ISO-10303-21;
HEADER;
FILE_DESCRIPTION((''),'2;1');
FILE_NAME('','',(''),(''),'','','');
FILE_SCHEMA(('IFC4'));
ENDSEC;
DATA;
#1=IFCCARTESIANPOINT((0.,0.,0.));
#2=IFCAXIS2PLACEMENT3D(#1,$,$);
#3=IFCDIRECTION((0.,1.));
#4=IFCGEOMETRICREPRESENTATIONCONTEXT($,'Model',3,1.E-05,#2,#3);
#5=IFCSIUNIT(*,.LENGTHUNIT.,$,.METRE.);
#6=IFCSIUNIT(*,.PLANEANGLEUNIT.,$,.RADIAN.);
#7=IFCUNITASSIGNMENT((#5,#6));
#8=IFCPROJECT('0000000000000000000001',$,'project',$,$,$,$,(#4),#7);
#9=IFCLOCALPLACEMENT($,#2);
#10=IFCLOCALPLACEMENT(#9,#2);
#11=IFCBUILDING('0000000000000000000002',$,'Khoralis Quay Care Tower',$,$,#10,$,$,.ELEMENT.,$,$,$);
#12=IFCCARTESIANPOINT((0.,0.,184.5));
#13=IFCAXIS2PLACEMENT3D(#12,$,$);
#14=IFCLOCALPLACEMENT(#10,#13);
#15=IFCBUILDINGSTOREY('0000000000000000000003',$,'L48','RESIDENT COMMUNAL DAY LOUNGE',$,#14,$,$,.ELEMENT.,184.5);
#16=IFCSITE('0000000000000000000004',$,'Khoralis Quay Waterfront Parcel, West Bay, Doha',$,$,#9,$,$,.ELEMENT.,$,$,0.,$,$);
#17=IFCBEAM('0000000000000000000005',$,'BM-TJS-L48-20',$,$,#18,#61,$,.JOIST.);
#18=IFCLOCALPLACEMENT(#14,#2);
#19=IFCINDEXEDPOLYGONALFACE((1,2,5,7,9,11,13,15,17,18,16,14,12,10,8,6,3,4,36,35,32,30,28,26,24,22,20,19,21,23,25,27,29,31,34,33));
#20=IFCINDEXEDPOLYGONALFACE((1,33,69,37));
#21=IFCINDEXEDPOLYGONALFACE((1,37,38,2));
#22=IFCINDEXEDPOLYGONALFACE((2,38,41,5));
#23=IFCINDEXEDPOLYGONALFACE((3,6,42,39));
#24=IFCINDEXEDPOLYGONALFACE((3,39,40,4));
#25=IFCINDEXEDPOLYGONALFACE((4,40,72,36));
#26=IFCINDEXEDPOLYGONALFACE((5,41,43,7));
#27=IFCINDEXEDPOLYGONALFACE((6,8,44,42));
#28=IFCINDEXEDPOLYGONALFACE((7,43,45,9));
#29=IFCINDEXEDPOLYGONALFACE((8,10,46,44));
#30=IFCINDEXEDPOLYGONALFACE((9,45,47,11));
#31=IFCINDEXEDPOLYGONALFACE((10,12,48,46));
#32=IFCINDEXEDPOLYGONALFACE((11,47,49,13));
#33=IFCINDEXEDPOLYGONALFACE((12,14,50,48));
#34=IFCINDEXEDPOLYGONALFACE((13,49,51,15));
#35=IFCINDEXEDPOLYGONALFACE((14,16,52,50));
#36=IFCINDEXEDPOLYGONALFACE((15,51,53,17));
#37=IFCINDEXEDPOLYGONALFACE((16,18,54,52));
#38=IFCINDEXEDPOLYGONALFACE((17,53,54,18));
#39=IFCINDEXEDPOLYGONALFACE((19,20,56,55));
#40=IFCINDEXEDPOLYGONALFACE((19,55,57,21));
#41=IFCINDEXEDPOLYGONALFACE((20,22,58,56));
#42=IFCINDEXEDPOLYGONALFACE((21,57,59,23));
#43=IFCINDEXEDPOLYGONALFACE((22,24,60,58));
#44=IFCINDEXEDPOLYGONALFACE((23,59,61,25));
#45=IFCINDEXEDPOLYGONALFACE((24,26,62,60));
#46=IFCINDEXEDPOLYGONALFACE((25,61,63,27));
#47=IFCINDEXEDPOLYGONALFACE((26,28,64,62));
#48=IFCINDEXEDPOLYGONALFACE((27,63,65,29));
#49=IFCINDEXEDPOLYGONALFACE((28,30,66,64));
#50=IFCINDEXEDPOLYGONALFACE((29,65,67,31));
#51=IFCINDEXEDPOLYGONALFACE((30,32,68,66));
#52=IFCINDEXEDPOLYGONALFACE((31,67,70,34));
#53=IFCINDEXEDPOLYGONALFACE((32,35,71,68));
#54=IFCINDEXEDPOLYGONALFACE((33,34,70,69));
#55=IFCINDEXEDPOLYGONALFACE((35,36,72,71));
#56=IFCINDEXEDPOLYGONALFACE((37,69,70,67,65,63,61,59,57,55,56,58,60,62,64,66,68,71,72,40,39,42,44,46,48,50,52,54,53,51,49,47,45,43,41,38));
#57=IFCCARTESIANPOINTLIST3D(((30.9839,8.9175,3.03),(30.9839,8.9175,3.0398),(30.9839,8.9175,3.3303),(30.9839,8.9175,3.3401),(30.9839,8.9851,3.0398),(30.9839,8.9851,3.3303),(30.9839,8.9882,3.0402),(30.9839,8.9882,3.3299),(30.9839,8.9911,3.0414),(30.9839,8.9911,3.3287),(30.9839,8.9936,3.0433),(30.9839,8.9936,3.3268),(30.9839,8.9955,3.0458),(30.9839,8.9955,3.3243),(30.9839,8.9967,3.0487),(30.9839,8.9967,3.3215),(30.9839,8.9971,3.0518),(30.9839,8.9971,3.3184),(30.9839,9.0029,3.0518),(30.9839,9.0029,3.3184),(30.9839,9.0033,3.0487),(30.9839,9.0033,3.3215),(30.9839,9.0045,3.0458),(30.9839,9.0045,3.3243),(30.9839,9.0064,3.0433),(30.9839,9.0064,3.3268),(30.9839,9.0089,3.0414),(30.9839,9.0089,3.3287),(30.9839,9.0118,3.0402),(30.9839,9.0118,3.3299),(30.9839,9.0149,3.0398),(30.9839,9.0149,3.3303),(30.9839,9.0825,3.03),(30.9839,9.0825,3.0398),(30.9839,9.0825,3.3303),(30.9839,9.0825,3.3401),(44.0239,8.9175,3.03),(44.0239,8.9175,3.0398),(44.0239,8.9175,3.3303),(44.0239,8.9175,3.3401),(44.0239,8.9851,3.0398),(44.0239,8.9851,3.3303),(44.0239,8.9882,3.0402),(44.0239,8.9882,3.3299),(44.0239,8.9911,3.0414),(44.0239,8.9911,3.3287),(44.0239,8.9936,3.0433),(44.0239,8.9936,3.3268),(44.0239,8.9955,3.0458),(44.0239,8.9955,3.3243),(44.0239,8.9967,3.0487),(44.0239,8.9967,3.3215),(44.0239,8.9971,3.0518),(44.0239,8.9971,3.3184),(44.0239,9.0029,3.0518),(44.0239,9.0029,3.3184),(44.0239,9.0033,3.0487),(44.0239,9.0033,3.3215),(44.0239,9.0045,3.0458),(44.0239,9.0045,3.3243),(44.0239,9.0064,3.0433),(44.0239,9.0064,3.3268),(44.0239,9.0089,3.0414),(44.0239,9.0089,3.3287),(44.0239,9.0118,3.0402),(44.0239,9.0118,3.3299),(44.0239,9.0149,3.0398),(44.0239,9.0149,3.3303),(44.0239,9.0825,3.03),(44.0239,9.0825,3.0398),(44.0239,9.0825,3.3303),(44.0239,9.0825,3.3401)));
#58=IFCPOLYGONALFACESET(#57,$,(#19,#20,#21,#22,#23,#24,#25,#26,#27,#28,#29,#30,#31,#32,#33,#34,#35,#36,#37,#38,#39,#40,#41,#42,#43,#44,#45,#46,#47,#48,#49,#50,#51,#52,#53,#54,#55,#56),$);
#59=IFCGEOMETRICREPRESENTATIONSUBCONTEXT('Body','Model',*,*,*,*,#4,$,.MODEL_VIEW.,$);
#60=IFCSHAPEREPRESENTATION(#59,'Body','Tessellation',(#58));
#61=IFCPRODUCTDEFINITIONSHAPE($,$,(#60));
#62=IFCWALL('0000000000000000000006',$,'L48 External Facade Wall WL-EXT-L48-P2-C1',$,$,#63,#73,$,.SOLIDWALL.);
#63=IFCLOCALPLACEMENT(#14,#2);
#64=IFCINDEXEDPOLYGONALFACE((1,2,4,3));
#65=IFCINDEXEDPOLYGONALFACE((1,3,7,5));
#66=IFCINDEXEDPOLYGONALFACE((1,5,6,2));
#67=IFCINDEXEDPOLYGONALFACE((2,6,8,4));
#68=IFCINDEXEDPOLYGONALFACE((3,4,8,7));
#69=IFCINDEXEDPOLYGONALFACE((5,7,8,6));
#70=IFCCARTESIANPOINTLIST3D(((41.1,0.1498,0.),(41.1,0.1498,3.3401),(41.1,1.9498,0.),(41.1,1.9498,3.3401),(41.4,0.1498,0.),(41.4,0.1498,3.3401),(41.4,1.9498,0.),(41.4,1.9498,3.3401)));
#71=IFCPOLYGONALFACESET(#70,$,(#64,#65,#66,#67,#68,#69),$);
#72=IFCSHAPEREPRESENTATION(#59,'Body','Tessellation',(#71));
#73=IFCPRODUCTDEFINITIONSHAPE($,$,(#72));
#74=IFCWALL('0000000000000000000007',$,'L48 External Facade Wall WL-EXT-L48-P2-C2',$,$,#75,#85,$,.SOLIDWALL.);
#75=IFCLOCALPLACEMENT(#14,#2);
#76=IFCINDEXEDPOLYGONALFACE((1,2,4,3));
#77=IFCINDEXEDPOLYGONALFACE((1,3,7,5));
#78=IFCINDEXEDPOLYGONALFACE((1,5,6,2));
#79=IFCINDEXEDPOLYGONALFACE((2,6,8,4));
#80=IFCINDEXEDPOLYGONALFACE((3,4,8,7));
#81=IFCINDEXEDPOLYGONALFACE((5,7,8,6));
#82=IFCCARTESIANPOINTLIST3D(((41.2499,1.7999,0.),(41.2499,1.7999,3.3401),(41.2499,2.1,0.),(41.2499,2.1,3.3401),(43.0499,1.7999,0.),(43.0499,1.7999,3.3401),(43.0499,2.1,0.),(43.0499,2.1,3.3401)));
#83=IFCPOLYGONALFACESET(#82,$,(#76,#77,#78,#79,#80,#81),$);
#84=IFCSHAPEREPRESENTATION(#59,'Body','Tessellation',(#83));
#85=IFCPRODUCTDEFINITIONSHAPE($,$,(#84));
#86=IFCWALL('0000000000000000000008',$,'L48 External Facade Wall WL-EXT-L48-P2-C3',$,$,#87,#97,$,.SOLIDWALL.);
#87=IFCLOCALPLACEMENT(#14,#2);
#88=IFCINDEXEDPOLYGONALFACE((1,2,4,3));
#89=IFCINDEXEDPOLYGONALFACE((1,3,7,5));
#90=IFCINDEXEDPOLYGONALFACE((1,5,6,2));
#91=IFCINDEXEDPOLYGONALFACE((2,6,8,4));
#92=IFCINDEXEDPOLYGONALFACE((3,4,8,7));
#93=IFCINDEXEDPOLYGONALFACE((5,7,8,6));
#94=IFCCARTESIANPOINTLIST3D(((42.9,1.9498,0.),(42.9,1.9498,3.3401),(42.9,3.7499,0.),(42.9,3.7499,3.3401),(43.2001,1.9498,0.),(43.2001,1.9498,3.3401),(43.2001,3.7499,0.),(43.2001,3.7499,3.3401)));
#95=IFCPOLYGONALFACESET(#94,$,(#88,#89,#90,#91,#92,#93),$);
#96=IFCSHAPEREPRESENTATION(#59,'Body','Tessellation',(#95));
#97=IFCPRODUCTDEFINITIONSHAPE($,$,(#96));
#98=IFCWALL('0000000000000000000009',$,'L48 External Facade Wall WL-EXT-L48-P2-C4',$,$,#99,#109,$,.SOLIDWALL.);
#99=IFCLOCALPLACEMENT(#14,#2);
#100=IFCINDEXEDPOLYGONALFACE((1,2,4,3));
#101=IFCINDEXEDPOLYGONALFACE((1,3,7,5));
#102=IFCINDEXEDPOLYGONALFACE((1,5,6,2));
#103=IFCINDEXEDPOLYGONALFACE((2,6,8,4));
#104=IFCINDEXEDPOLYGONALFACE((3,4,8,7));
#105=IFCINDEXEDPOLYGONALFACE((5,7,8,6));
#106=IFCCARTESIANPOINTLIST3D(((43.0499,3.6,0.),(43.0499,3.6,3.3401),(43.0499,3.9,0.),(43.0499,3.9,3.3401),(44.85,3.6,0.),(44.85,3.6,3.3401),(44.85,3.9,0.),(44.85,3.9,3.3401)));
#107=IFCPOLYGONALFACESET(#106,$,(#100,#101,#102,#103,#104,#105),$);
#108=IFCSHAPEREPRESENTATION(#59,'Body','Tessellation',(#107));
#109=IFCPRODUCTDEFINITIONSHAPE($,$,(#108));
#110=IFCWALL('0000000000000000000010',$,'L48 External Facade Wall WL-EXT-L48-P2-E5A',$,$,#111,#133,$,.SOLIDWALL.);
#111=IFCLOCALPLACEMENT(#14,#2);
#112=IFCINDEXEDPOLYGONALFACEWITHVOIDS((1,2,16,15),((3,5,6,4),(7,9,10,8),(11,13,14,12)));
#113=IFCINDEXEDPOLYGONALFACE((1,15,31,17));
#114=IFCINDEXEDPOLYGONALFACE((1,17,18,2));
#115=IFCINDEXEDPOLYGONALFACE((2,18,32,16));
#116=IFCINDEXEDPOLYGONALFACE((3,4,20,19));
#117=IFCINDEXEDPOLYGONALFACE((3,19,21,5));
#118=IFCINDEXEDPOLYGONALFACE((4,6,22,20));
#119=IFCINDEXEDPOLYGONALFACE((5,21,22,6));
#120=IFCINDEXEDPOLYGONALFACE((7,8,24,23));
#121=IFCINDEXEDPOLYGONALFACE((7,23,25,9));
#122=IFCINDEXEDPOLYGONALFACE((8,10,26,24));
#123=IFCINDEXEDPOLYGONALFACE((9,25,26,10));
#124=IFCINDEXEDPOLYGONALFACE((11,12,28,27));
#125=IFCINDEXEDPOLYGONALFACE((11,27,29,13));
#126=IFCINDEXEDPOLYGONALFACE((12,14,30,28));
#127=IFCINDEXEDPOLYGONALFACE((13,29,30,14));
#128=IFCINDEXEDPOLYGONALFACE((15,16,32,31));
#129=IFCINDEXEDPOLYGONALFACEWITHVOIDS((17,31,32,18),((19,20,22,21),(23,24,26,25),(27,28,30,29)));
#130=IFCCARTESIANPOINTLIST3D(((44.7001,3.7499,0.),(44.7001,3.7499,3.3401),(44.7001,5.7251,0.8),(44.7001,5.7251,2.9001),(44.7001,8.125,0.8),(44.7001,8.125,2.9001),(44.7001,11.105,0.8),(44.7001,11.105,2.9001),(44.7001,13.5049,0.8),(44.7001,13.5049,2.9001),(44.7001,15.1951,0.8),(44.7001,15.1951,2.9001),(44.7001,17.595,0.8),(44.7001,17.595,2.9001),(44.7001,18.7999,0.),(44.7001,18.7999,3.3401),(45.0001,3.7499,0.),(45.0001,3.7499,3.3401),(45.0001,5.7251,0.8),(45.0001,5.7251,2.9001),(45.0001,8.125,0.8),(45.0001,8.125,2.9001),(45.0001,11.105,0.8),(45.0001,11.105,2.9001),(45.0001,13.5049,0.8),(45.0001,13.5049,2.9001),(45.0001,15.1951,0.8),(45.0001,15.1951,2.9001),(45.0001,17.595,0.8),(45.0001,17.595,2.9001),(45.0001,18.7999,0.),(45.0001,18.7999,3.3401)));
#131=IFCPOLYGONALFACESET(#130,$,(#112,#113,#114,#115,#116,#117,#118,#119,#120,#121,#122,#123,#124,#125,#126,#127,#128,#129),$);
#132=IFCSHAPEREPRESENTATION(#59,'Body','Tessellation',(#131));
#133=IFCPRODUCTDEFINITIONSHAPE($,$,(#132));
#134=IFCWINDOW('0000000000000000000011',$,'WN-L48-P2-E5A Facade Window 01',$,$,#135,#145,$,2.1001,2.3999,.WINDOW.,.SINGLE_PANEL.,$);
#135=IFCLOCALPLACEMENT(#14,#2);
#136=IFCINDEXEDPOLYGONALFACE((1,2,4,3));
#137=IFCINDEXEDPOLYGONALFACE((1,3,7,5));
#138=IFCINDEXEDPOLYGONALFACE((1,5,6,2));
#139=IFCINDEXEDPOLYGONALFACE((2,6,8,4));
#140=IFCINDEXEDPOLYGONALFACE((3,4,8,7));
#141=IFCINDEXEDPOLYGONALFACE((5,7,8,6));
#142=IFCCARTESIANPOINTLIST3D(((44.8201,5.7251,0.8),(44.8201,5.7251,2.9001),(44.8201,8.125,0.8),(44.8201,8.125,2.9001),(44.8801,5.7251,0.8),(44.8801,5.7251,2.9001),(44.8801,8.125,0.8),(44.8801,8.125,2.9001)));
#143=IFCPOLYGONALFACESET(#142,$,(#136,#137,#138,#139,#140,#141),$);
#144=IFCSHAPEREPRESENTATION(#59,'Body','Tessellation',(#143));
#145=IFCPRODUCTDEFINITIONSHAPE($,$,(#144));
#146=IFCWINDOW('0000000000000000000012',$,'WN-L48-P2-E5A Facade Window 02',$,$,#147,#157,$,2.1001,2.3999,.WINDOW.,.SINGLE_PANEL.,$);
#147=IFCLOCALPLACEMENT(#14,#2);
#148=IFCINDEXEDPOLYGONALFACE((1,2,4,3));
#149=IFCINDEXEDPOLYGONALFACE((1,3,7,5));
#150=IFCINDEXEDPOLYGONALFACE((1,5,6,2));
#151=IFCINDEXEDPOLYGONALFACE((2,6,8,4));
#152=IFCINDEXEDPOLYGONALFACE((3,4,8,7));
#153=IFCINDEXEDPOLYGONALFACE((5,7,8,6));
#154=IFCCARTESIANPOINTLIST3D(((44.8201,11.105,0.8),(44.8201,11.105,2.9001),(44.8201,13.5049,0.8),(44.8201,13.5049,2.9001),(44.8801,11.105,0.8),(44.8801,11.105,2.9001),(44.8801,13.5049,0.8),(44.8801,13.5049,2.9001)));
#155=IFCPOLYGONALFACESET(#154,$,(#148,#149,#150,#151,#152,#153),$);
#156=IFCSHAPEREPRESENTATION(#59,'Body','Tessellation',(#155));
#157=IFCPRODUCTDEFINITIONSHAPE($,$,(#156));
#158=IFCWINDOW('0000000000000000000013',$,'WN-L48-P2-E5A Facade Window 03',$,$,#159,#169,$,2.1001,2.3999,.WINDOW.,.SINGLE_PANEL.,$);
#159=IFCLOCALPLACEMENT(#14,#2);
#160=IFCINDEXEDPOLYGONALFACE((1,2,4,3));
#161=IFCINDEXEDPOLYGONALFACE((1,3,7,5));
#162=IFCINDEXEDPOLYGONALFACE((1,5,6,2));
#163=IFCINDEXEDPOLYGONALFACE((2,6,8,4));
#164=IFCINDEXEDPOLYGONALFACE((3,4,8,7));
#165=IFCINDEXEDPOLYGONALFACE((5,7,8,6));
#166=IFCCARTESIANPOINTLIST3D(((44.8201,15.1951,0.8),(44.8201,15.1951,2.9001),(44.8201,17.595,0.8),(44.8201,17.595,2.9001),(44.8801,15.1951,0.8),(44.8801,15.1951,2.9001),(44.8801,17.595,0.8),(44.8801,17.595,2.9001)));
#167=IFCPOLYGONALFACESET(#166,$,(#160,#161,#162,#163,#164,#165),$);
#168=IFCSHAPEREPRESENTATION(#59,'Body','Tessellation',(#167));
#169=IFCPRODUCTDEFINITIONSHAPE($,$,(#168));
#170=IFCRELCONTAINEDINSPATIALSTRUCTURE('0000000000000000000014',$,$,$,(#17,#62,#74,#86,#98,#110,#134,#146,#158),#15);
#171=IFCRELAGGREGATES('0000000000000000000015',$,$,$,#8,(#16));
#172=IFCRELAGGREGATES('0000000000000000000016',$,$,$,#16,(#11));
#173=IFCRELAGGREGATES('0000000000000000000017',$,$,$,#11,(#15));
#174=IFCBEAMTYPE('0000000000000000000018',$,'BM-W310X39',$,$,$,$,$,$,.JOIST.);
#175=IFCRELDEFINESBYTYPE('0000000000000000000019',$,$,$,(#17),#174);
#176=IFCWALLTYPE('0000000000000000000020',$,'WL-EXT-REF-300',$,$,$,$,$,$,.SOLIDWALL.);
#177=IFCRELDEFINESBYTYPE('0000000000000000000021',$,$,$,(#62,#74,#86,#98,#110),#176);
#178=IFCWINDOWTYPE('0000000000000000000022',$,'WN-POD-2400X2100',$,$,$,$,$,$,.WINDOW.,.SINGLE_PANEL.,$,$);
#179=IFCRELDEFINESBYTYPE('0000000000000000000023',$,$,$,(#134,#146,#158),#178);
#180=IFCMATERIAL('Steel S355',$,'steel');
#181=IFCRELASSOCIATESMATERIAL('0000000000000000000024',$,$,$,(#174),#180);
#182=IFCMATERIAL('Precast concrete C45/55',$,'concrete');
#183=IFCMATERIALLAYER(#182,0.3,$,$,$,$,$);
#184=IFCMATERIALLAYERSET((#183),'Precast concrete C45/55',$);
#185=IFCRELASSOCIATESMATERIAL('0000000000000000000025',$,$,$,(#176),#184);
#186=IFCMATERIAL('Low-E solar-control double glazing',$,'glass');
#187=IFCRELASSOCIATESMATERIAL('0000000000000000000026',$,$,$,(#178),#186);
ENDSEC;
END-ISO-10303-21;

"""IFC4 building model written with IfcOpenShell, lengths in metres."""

from ifc_helpers import new_model, si_unit, direction, frame, frame_2d, origin, origin_2d, place, context, subcontext, project, spatial, rectangle, i_section, extrude, source, transform, mapped, material, layer, layer_set, material_profile, profile_set, type_object, element, fill, save


model = new_model("IFC4")

# Units and contexts
model_context = context("Model", 3, precision=1e-05, world=origin(), true_north=direction((0.0, 1.0)))
body_context = subcontext(model_context, "Body", "Model", "MODEL_VIEW")
ifc_project = project(units=[si_unit("LENGTHUNIT", "METRE"), si_unit("PLANEANGLEUNIT", "RADIAN")], contexts=[model_context])

# Site, building, storey
site_placement = place(None, origin())
site = spatial("IfcSite", under=ifc_project, at=site_placement, Name="Khoralis Quay Waterfront Parcel, West Bay, Doha", CompositionType="ELEMENT", RefElevation=0.0)
building_placement = place(site_placement, origin())
building = spatial("IfcBuilding", under=site, at=building_placement, Name="Khoralis Quay Care Tower", CompositionType="ELEMENT")
storey_placement = place(building_placement, frame((0.0, 0.0, 184.5)))
storey = spatial("IfcBuildingStorey", under=building, at=storey_placement, Name="L48", Description="RESIDENT COMMUNAL DAY LOUNGE", CompositionType="ELEMENT", Elevation=184.5)

# Beam
ifc_material_1 = material(Name="Steel S355", Category="steel")
ifc_material_profile_1 = material_profile(ifc_material_1, i_section(OverallWidth=0.165, OverallDepth=0.3101, WebThickness=0.0059, FlangeThickness=0.0098, FilletRadius=0.012, at=origin_2d()), Name="Steel S355")
ifc_profile_set_1 = profile_set([ifc_material_profile_1], Name="Steel S355")
beam_type_1 = type_object("IfcBeamType", Name="BM-W310X39", PredefinedType="JOIST", material=ifc_profile_set_1)
shared_shape_1 = source(origin(), body_context, "Body", "SweptSolid", [
    extrude(i_section(OverallWidth=0.165, OverallDepth=0.3101, WebThickness=0.0059, FlangeThickness=0.0098, FilletRadius=0.012, at=origin_2d()), origin(), (0.0, 0.0, 1.0), 13.04),
])
beam_1_placement = place(storey_placement, frame((30.9839, 9.0, 3.1851), z_axis=(1.0, 0.0, 0.0), x_axis=(0.0, 1.0, 0.0)))
element("IfcBeam", 1, at=beam_1_placement, inside=storey, type_object=beam_type_1, Name="BM-TJS-L48-20", PredefinedType="JOIST", context=body_context, shape_type="MappedRepresentation", body=[
    mapped(shared_shape_1, transform((0.0, 0.0, 0.0), scale=1.0)),
])

# Walls
ifc_material_2 = material(Name="Precast concrete C45/55", Category="concrete")
ifc_layer_1 = layer(ifc_material_2, 0.3)
ifc_layer_set_1 = layer_set([ifc_layer_1], Name="Precast concrete C45/55")
wall_type_1 = type_object("IfcWallType", Name="WL-EXT-REF-300", PredefinedType="SOLIDWALL", material=ifc_layer_set_1)
for number, where, z_axis, x_axis, name in (
    (2, (41.25, 0.1499, 0.0), (0.0, 0.0, 1.0), (0.0, 1.0, 0.0), "L48 External Facade Wall WL-EXT-L48-P2-C1"),
    (3, (41.25, 1.95, 0.0), (0.0, 0.0, 1.0), (1.0, 0.0, 0.0), "L48 External Facade Wall WL-EXT-L48-P2-C2"),
    (4, (43.05, 1.95, 0.0), (0.0, 0.0, 1.0), (0.0, 1.0, 0.0), "L48 External Facade Wall WL-EXT-L48-P2-C3"),
    (5, (43.05, 3.75, 0.0), (0.0, 0.0, 1.0), (1.0, 0.0, 0.0), "L48 External Facade Wall WL-EXT-L48-P2-C4"),
):
    element("IfcWall", number, at=place(storey_placement, frame(where, z_axis=z_axis, x_axis=x_axis)), inside=storey, type_object=wall_type_1, Name=name, PredefinedType="SOLIDWALL", context=body_context, shape_type="SweptSolid", body=[
        extrude(rectangle(XDim=1.8, YDim=0.3, at=frame_2d((0.8999, 0.0))), origin(), (0.0, 0.0, 1.0), 3.3401),
    ])

# Wall, openings, windows
wall_1_placement = place(storey_placement, frame((44.8501, 3.75, 0.0), z_axis=(0.0, 0.0, 1.0), x_axis=(0.0, 1.0, 0.0)))
wall_1 = element("IfcWall", 6, at=wall_1_placement, inside=storey, type_object=wall_type_1, Name="L48 External Facade Wall WL-EXT-L48-P2-E5A", PredefinedType="SOLIDWALL", context=body_context, shape_type="SweptSolid", body=[
    extrude(rectangle(XDim=15.05, YDim=0.3, at=frame_2d((7.5249, 0.0))), origin(), (0.0, 0.0, 1.0), 3.3401),
])
opening_1_placement = place(wall_1_placement, frame((1.9751, 0.0, 0.8)))
opening_1 = element("IfcOpeningElement", 7, at=opening_1_placement, cuts=wall_1, PredefinedType="OPENING", context=body_context, shape_type="SweptSolid", body=[
    extrude(rectangle(XDim=2.3999, YDim=2.1001, at=frame_2d((1.2, 1.05))), frame((0.0, 0.1602, 0.0), z_axis=(0.0, -1.0, 0.0), x_axis=(1.0, 0.0, 0.0)), (0.0, 0.0, 1.0), 0.3201),
])
opening_2_placement = place(wall_1_placement, frame((7.355, 0.0, 0.8)))
opening_2 = element("IfcOpeningElement", 8, at=opening_2_placement, cuts=wall_1, PredefinedType="OPENING", context=body_context, shape_type="SweptSolid", body=[
    extrude(rectangle(XDim=2.3999, YDim=2.1001, at=frame_2d((1.2, 1.05))), frame((0.0, 0.1602, 0.0), z_axis=(0.0, -1.0, 0.0), x_axis=(1.0, 0.0, 0.0)), (0.0, 0.0, 1.0), 0.3201),
])
opening_3_placement = place(wall_1_placement, frame((11.4451, 0.0, 0.8)))
opening_3 = element("IfcOpeningElement", 9, at=opening_3_placement, cuts=wall_1, PredefinedType="OPENING", context=body_context, shape_type="SweptSolid", body=[
    extrude(rectangle(XDim=2.3999, YDim=2.1001, at=frame_2d((1.2, 1.05))), frame((0.0, 0.1602, 0.0), z_axis=(0.0, -1.0, 0.0), x_axis=(1.0, 0.0, 0.0)), (0.0, 0.0, 1.0), 0.3201),
])
ifc_material_3 = material(Name="Low-E solar-control double glazing", Category="glass")
window_type = type_object("IfcWindowType", Name="WN-POD-2400X2100", PartitioningType="SINGLE_PANEL", PredefinedType="WINDOW", material=ifc_material_3)
shared_shape_2 = source(origin(), body_context, "Body", "SweptSolid", [
    extrude(rectangle(XDim=2.3999, YDim=2.1001, at=frame_2d((1.2, 1.05))), frame((0.0, 0.03, 0.0), z_axis=(0.0, -1.0, 0.0), x_axis=(1.0, 0.0, 0.0)), (0.0, 0.0, 1.0), 0.0601),
])
window_1_placement = place(opening_1_placement, origin())
window_1 = element("IfcWindow", 10, at=window_1_placement, inside=storey, type_object=window_type, Name="WN-L48-P2-E5A Facade Window 01", OverallHeight=2.1001, OverallWidth=2.3999, PartitioningType="SINGLE_PANEL", PredefinedType="WINDOW", context=body_context, shape_type="MappedRepresentation", body=[
    mapped(shared_shape_2, transform((0.0, 0.0, 0.0), scale=1.0)),
])
fill(opening_1, window_1)
window_2_placement = place(opening_2_placement, origin())
window_2 = element("IfcWindow", 11, at=window_2_placement, inside=storey, type_object=window_type, Name="WN-L48-P2-E5A Facade Window 02", OverallHeight=2.1001, OverallWidth=2.3999, PartitioningType="SINGLE_PANEL", PredefinedType="WINDOW", context=body_context, shape_type="MappedRepresentation", body=[
    mapped(shared_shape_2, transform((0.0, 0.0, 0.0), scale=1.0)),
])
fill(opening_2, window_2)
window_3_placement = place(opening_3_placement, origin())
window_3 = element("IfcWindow", 12, at=window_3_placement, inside=storey, type_object=window_type, Name="WN-L48-P2-E5A Facade Window 03", OverallHeight=2.1001, OverallWidth=2.3999, PartitioningType="SINGLE_PANEL", PredefinedType="WINDOW", context=body_context, shape_type="MappedRepresentation", body=[
    mapped(shared_shape_2, transform((0.0, 0.0, 0.0), scale=1.0)),
])
fill(opening_3, window_3)

save(model, "model.ifc")
